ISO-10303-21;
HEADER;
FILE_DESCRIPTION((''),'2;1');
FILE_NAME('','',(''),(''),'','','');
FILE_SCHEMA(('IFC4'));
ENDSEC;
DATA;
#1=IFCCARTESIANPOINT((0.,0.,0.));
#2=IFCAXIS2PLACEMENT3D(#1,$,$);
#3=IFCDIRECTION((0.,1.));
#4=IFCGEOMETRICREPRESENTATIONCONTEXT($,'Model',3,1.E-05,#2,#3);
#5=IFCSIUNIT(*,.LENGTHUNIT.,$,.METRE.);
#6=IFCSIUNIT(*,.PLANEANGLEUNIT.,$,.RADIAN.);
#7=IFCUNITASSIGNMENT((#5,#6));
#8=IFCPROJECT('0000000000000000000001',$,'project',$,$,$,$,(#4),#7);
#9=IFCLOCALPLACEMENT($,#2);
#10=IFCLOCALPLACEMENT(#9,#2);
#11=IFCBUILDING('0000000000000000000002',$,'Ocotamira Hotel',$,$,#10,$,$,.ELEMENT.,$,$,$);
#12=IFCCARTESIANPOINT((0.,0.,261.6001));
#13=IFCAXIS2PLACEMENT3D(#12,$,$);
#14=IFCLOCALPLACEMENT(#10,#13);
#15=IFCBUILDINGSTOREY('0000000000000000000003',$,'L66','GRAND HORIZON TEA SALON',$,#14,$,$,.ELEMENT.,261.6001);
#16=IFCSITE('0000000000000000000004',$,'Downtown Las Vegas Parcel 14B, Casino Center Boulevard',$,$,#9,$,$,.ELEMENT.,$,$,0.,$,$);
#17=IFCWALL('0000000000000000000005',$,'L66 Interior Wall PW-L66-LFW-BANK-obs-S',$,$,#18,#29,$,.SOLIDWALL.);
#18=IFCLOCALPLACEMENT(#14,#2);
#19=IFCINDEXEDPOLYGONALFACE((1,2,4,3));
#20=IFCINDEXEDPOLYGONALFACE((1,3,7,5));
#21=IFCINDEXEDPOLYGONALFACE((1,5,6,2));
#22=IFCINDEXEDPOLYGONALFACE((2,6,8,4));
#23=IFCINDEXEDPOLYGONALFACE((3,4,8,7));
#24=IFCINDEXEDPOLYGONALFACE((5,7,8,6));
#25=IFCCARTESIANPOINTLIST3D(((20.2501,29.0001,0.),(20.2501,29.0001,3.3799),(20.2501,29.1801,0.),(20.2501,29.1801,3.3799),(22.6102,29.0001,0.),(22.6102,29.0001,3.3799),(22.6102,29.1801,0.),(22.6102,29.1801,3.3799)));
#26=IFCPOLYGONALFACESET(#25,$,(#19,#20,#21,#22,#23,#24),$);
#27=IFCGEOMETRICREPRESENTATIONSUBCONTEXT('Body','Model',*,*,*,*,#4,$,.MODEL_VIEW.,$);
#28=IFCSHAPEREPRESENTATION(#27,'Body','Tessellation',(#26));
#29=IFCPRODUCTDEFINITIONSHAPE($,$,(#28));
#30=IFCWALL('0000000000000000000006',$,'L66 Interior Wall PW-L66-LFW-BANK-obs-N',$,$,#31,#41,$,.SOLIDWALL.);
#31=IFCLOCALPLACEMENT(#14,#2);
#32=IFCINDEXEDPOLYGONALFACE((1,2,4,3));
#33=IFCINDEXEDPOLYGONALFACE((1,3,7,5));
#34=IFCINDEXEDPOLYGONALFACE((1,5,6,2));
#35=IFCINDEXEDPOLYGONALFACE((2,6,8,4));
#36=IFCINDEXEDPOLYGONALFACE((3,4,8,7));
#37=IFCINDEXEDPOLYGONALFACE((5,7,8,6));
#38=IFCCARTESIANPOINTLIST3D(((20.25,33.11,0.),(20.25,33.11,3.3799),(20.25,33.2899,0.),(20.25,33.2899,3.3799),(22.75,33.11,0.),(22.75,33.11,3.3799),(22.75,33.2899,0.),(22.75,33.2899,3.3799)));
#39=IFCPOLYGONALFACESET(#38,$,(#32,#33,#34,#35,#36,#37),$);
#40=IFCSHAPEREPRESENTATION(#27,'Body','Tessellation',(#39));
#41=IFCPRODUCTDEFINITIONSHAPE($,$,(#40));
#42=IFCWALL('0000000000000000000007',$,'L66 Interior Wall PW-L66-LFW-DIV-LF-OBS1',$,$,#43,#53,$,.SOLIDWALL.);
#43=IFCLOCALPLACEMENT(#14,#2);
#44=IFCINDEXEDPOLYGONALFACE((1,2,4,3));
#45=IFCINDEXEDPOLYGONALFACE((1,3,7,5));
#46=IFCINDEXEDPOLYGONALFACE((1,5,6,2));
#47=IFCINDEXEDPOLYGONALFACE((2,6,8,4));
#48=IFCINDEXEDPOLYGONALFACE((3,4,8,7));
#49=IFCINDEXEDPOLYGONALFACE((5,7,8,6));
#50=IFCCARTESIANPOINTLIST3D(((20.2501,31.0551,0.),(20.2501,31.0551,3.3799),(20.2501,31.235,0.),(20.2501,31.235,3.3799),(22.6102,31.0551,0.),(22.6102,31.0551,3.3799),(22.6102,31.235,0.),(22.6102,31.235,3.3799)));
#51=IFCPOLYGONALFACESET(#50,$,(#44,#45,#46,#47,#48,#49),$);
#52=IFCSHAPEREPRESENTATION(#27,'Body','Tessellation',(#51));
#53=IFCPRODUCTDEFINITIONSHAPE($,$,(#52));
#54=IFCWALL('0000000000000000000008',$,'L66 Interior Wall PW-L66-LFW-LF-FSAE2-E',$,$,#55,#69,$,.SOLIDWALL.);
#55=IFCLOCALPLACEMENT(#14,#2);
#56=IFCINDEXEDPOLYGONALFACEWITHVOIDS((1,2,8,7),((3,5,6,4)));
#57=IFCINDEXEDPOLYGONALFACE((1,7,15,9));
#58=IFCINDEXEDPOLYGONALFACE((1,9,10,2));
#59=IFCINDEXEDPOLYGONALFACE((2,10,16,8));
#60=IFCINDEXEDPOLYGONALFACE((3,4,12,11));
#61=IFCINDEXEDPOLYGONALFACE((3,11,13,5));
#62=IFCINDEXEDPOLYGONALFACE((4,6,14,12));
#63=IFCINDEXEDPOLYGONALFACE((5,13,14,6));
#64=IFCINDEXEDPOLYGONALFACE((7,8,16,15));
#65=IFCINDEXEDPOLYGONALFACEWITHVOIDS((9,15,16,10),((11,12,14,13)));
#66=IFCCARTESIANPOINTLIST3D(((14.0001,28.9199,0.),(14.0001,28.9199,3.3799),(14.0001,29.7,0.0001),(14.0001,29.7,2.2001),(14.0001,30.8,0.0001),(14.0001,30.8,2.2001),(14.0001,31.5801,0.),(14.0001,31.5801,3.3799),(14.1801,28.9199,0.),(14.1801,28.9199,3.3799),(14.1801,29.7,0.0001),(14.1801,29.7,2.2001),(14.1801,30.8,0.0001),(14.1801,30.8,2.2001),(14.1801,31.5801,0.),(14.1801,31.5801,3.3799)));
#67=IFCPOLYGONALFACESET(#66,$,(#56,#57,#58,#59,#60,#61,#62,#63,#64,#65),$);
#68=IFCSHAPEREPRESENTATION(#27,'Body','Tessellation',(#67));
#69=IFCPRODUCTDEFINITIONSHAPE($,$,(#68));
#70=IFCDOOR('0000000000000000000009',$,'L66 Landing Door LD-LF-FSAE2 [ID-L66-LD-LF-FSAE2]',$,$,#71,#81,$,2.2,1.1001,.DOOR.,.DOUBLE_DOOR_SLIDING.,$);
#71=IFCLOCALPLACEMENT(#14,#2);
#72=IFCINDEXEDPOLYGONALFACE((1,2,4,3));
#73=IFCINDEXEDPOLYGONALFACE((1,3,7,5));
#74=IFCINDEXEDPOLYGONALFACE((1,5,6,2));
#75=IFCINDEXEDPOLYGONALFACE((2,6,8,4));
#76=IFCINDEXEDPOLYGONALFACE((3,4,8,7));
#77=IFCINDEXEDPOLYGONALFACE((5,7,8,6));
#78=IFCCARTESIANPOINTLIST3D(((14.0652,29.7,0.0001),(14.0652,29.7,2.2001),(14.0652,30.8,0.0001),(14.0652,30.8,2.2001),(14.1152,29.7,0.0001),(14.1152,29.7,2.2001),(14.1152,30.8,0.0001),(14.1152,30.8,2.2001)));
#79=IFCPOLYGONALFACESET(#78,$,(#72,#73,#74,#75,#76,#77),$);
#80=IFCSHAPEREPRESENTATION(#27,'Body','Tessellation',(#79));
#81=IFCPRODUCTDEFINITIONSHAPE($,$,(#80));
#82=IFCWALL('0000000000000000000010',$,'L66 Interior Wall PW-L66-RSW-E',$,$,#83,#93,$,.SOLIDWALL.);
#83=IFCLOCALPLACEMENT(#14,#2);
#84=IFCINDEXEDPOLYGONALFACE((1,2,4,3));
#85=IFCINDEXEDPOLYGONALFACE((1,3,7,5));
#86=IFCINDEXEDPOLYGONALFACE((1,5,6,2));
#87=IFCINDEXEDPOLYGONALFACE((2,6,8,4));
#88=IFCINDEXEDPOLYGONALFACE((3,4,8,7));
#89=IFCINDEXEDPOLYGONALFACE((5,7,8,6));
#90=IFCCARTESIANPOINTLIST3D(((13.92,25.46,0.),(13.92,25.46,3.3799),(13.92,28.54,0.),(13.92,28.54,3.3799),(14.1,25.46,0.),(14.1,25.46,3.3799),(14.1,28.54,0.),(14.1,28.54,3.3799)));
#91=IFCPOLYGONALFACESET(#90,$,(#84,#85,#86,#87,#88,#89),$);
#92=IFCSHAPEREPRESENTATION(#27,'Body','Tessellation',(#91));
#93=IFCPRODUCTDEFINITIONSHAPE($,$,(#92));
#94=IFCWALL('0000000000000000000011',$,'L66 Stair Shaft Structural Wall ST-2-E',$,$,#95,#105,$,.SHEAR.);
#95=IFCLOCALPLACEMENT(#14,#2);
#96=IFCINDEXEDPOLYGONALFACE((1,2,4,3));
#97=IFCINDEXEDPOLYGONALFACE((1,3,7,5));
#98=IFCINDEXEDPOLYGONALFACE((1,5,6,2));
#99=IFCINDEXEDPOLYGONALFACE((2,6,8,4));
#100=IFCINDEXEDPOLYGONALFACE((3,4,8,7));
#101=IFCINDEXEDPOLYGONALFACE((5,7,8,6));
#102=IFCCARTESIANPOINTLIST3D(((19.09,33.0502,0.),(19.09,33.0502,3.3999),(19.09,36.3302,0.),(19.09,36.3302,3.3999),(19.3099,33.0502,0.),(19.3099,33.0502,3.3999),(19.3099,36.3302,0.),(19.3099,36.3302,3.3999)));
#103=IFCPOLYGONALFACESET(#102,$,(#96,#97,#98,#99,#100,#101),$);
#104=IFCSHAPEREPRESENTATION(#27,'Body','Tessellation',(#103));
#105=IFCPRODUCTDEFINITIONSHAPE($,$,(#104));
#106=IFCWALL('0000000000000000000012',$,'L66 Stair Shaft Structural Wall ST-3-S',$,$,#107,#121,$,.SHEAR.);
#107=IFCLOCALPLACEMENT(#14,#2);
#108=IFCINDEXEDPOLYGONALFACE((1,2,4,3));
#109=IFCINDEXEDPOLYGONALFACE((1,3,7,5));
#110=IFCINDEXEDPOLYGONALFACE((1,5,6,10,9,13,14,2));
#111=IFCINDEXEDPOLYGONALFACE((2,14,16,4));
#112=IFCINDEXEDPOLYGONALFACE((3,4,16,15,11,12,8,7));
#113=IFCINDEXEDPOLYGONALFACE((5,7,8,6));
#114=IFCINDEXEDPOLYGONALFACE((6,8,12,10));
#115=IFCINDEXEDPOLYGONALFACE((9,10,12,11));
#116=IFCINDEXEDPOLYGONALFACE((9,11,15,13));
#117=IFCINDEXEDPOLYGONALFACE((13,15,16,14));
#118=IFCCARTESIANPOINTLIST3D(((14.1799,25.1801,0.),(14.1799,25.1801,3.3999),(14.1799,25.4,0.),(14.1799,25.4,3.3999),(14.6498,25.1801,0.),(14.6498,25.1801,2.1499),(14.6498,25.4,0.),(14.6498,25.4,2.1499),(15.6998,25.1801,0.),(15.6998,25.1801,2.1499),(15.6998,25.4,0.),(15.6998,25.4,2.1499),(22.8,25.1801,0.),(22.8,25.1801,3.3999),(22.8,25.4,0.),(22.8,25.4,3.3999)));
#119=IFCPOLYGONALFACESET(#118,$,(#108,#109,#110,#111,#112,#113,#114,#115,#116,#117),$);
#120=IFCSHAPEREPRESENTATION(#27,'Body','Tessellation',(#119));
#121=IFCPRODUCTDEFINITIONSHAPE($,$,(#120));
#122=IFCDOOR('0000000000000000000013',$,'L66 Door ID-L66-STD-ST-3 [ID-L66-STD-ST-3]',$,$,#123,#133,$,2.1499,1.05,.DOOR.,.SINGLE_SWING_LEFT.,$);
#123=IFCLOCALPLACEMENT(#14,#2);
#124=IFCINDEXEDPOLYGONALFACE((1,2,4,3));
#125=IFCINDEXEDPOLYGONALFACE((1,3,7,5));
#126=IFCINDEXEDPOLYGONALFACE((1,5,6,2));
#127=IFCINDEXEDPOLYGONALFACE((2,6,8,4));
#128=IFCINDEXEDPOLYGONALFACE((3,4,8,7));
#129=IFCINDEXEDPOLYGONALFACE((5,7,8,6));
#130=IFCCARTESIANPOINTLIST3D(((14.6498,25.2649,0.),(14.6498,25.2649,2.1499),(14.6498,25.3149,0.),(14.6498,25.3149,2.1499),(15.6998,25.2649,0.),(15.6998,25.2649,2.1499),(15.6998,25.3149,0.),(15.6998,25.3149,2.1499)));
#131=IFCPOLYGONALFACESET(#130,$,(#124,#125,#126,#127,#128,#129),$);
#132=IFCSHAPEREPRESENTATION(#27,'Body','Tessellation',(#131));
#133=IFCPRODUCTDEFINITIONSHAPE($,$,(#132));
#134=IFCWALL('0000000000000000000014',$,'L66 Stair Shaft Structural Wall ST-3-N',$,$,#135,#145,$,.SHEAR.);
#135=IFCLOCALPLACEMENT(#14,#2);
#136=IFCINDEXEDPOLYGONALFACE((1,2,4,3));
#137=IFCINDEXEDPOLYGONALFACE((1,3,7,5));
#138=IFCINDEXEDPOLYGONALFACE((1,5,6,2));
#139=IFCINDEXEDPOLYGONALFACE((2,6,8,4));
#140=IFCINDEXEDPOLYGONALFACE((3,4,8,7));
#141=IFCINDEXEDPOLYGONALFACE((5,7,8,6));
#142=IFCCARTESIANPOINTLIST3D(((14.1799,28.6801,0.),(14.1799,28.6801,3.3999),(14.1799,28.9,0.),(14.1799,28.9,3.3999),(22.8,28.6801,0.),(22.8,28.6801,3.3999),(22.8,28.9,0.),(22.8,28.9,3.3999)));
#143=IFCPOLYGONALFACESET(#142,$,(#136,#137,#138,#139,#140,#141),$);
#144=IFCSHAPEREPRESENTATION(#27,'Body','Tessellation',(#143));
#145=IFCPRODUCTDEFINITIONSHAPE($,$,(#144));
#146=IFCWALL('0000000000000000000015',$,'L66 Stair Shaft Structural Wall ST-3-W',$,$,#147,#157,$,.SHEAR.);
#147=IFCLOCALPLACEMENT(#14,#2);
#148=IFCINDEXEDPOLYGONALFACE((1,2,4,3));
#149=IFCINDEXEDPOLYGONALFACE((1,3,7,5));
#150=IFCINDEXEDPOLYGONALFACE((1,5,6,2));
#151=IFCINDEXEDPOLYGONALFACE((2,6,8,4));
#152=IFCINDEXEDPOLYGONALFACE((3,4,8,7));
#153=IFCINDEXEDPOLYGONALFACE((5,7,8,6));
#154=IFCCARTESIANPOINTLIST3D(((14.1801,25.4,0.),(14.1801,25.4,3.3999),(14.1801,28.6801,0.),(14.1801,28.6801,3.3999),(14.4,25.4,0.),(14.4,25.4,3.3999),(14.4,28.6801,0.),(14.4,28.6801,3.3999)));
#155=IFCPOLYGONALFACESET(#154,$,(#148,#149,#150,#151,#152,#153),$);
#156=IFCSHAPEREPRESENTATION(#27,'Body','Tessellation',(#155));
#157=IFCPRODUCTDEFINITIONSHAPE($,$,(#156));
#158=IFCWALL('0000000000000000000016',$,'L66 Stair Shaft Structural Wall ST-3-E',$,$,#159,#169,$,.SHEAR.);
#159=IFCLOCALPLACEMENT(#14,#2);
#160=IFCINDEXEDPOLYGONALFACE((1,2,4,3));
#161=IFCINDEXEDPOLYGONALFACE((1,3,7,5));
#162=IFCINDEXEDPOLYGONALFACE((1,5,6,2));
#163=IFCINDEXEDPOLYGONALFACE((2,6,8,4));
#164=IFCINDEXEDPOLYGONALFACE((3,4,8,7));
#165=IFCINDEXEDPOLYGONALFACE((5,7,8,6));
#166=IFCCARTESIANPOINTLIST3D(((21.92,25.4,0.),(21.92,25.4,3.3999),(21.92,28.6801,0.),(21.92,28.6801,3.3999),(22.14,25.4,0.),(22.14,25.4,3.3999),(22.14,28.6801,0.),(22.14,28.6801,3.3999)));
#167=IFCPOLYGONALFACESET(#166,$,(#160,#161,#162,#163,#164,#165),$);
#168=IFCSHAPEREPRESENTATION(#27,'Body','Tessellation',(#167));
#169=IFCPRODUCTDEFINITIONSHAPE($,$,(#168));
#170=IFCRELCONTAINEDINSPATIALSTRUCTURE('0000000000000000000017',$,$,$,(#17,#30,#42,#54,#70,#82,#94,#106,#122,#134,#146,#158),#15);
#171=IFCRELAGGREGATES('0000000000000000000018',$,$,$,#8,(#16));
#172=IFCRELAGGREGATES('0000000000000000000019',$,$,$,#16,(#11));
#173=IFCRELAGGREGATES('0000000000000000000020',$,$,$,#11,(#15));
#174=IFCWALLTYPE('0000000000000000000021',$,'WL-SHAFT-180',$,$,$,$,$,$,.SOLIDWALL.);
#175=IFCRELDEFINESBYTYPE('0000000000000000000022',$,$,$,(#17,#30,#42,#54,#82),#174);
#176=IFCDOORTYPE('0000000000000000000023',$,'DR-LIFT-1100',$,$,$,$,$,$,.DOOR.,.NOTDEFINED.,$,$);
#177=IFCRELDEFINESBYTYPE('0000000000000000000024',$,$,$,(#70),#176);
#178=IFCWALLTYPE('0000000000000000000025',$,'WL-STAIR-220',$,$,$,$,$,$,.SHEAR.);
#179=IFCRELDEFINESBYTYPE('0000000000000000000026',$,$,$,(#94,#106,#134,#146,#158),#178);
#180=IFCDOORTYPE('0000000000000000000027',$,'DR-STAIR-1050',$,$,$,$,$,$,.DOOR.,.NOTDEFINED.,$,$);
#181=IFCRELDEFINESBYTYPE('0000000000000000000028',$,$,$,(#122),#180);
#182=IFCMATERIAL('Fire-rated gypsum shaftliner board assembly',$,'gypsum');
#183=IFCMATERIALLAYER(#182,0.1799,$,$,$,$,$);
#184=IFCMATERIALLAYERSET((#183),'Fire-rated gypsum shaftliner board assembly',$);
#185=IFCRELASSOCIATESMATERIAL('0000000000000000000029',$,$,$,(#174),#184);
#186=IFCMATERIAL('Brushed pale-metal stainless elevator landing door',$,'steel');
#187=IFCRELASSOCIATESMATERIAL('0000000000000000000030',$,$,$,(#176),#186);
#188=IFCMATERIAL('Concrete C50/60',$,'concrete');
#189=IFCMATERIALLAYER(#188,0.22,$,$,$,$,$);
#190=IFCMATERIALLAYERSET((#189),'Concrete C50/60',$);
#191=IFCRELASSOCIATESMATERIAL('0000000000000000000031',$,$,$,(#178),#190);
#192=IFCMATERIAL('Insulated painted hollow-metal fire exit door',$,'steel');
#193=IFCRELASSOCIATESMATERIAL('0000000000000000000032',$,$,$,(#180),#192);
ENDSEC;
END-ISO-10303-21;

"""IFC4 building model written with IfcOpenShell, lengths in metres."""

from ifc_helpers import new_model, si_unit, direction, frame, frame_2d, origin, place, context, subcontext, project, spatial, rectangle, extrude, source, transform, mapped, material, layer, layer_set, type_object, element, fill, save


model = new_model("IFC4")

# Units and contexts
model_context = context("Model", 3, precision=1e-05, world=origin(), true_north=direction((0.0, 1.0)))
body_context = subcontext(model_context, "Body", "Model", "MODEL_VIEW")
ifc_project = project(units=[si_unit("LENGTHUNIT", "METRE"), si_unit("PLANEANGLEUNIT", "RADIAN")], contexts=[model_context])

# Site, building, storey
site_placement = place(None, origin())
site = spatial("IfcSite", under=ifc_project, at=site_placement, Name="Downtown Las Vegas Parcel 14B, Casino Center Boulevard", CompositionType="ELEMENT", RefElevation=0.0)
building_placement = place(site_placement, origin())
building = spatial("IfcBuilding", under=site, at=building_placement, Name="Ocotamira Hotel", CompositionType="ELEMENT")
storey_placement = place(building_placement, frame((0.0, 0.0, 261.6001)))
storey = spatial("IfcBuildingStorey", under=building, at=storey_placement, Name="L66", Description="GRAND HORIZON TEA SALON", CompositionType="ELEMENT", Elevation=261.6001)

# Walls
ifc_material_1 = material(Name="Fire-rated gypsum shaftliner board assembly", Category="gypsum")
ifc_layer_1 = layer(ifc_material_1, 0.1799)
ifc_layer_set_1 = layer_set([ifc_layer_1], Name="Fire-rated gypsum shaftliner board assembly")
wall_type_1 = type_object("IfcWallType", Name="WL-SHAFT-180", PredefinedType="SOLIDWALL", material=ifc_layer_set_1)
wall_1_placement = place(storey_placement, frame((20.25, 29.0901, 0.0), z_axis=(0.0, 0.0, 1.0), x_axis=(1.0, 0.0, 0.0)))
element("IfcWall", 1, at=wall_1_placement, inside=storey, type_object=wall_type_1, Name="L66 Interior Wall PW-L66-LFW-BANK-obs-S", PredefinedType="SOLIDWALL", context=body_context, shape_type="SweptSolid", body=[
    extrude(rectangle(XDim=2.3601, YDim=0.1799, at=frame_2d((1.1802, 0.0))), origin(), (0.0, 0.0, 1.0), 3.3799),
])
wall_2_placement = place(storey_placement, frame((20.25, 33.2, 0.0), z_axis=(0.0, 0.0, 1.0), x_axis=(1.0, 0.0, 0.0)))
element("IfcWall", 2, at=wall_2_placement, inside=storey, type_object=wall_type_1, Name="L66 Interior Wall PW-L66-LFW-BANK-obs-N", PredefinedType="SOLIDWALL", context=body_context, shape_type="SweptSolid", body=[
    extrude(rectangle(XDim=2.5, YDim=0.1799, at=frame_2d((1.25, 0.0))), origin(), (0.0, 0.0, 1.0), 3.3799),
])
wall_3_placement = place(storey_placement, frame((20.25, 31.145, 0.0), z_axis=(0.0, 0.0, 1.0), x_axis=(1.0, 0.0, 0.0)))
element("IfcWall", 3, at=wall_3_placement, inside=storey, type_object=wall_type_1, Name="L66 Interior Wall PW-L66-LFW-DIV-LF-OBS1", PredefinedType="SOLIDWALL", context=body_context, shape_type="SweptSolid", body=[
    extrude(rectangle(XDim=2.3601, YDim=0.1799, at=frame_2d((1.1802, 0.0))), origin(), (0.0, 0.0, 1.0), 3.3799),
])

# Wall, opening, door
wall_4_placement = place(storey_placement, frame((14.0901, 28.9199, 0.0), z_axis=(0.0, 0.0, 1.0), x_axis=(0.0, 1.0, 0.0)))
wall_4 = element("IfcWall", 4, at=wall_4_placement, inside=storey, type_object=wall_type_1, Name="L66 Interior Wall PW-L66-LFW-LF-FSAE2-E", PredefinedType="SOLIDWALL", context=body_context, shape_type="SweptSolid", body=[
    extrude(rectangle(XDim=2.6602, YDim=0.1799, at=frame_2d((1.3301, 0.0))), origin(), (0.0, 0.0, 1.0), 3.3799),
])
opening_1_placement = place(wall_4_placement, frame((0.78, 0.0, 0.0)))
opening_1 = element("IfcOpeningElement", 5, at=opening_1_placement, cuts=wall_4, PredefinedType="OPENING", context=body_context, shape_type="SweptSolid", body=[
    extrude(rectangle(XDim=1.1001, YDim=2.2, at=frame_2d((0.55, 1.1001))), frame((0.0, 0.1001, 0.0), z_axis=(0.0, -1.0, 0.0), x_axis=(1.0, 0.0, 0.0)), (0.0, 0.0, 1.0), 0.2),
])
ifc_material_2 = material(Name="Brushed pale-metal stainless elevator landing door", Category="steel")
door_type_1 = type_object("IfcDoorType", Name="DR-LIFT-1100", OperationType="NOTDEFINED", PredefinedType="DOOR", material=ifc_material_2)
shared_shape_1 = source(origin(), body_context, "Body", "SweptSolid", [
    extrude(rectangle(XDim=1.1001, YDim=2.2, at=frame_2d((0.55, 1.1001))), frame((0.0, 0.0249, 0.0), z_axis=(0.0, -1.0, 0.0), x_axis=(1.0, 0.0, 0.0)), (0.0, 0.0, 1.0), 0.05),
])
door_1_placement = place(opening_1_placement, origin())
door_1 = element("IfcDoor", 6, at=door_1_placement, inside=storey, type_object=door_type_1, Name="L66 Landing Door LD-LF-FSAE2 [ID-L66-LD-LF-FSAE2]", OperationType="DOUBLE_DOOR_SLIDING", OverallHeight=2.2, OverallWidth=1.1001, PredefinedType="DOOR", context=body_context, shape_type="MappedRepresentation", body=[
    mapped(shared_shape_1, transform((0.0, 0.0, 0.0), scale=1.0)),
])
fill(opening_1, door_1)

# Walls
wall_5_placement = place(storey_placement, frame((14.01, 25.46, 0.0), z_axis=(0.0, 0.0, 1.0), x_axis=(0.0, 1.0, 0.0)))
element("IfcWall", 7, at=wall_5_placement, inside=storey, type_object=wall_type_1, Name="L66 Interior Wall PW-L66-RSW-E", PredefinedType="SOLIDWALL", context=body_context, shape_type="SweptSolid", body=[
    extrude(rectangle(XDim=3.0801, YDim=0.1799, at=frame_2d((1.54, 0.0))), origin(), (0.0, 0.0, 1.0), 3.3799),
])
ifc_material_3 = material(Name="Concrete C50/60", Category="concrete")
ifc_layer_2 = layer(ifc_material_3, 0.22)
ifc_layer_set_2 = layer_set([ifc_layer_2], Name="Concrete C50/60")
wall_type_2 = type_object("IfcWallType", Name="WL-STAIR-220", PredefinedType="SHEAR", material=ifc_layer_set_2)
wall_6_placement = place(storey_placement, frame((19.2, 33.05, 0.0), z_axis=(0.0, 0.0, 1.0), x_axis=(0.0, 1.0, 0.0)))
element("IfcWall", 8, at=wall_6_placement, inside=storey, type_object=wall_type_2, Name="L66 Stair Shaft Structural Wall ST-2-E", PredefinedType="SHEAR", context=body_context, shape_type="SweptSolid", body=[
    extrude(rectangle(XDim=3.28, YDim=0.22, at=frame_2d((1.6401, 0.0))), origin(), (0.0, 0.0, 1.0), 3.3999),
])

# Wall, opening, door
wall_7_placement = place(storey_placement, frame((14.1799, 25.29, 0.0), z_axis=(0.0, 0.0, 1.0), x_axis=(1.0, 0.0, 0.0)))
wall_7 = element("IfcWall", 9, at=wall_7_placement, inside=storey, type_object=wall_type_2, Name="L66 Stair Shaft Structural Wall ST-3-S", PredefinedType="SHEAR", context=body_context, shape_type="SweptSolid", body=[
    extrude(rectangle(XDim=8.6201, YDim=0.22, at=frame_2d((4.3101, 0.0))), origin(), (0.0, 0.0, 1.0), 3.3999),
])
opening_2_placement = place(wall_7_placement, frame((0.47, 0.0, 0.0)))
opening_2 = element("IfcOpeningElement", 10, at=opening_2_placement, cuts=wall_7, PredefinedType="OPENING", context=body_context, shape_type="SweptSolid", body=[
    extrude(rectangle(XDim=1.05, YDim=2.1499, at=frame_2d((0.5249, 1.075))), frame((0.0, 0.1201, 0.0), z_axis=(0.0, -1.0, 0.0), x_axis=(1.0, 0.0, 0.0)), (0.0, 0.0, 1.0), 0.24),
])
ifc_material_4 = material(Name="Insulated painted hollow-metal fire exit door", Category="steel")
door_type_2 = type_object("IfcDoorType", Name="DR-STAIR-1050", OperationType="NOTDEFINED", PredefinedType="DOOR", material=ifc_material_4)
shared_shape_2 = source(origin(), body_context, "Body", "SweptSolid", [
    extrude(rectangle(XDim=1.05, YDim=2.1499, at=frame_2d((0.5249, 1.075))), frame((0.0, 0.0249, 0.0), z_axis=(0.0, -1.0, 0.0), x_axis=(1.0, 0.0, 0.0)), (0.0, 0.0, 1.0), 0.05),
])
door_2_placement = place(opening_2_placement, origin())
door_2 = element("IfcDoor", 11, at=door_2_placement, inside=storey, type_object=door_type_2, Name="L66 Door ID-L66-STD-ST-3 [ID-L66-STD-ST-3]", OperationType="SINGLE_SWING_LEFT", OverallHeight=2.1499, OverallWidth=1.05, PredefinedType="DOOR", context=body_context, shape_type="MappedRepresentation", body=[
    mapped(shared_shape_2, transform((0.0, 0.0, 0.0), scale=1.0)),
])
fill(opening_2, door_2)

# Walls
wall_8_placement = place(storey_placement, frame((14.1799, 28.79, 0.0), z_axis=(0.0, 0.0, 1.0), x_axis=(1.0, 0.0, 0.0)))
element("IfcWall", 12, at=wall_8_placement, inside=storey, type_object=wall_type_2, Name="L66 Stair Shaft Structural Wall ST-3-N", PredefinedType="SHEAR", context=body_context, shape_type="SweptSolid", body=[
    extrude(rectangle(XDim=8.6201, YDim=0.22, at=frame_2d((4.3101, 0.0))), origin(), (0.0, 0.0, 1.0), 3.3999),
])
for number, where, z_axis, x_axis, name in (
    (13, (14.29, 25.3999, 0.0), (0.0, 0.0, 1.0), (0.0, 1.0, 0.0), "L66 Stair Shaft Structural Wall ST-3-W"),
    (14, (22.03, 25.3999, 0.0), (0.0, 0.0, 1.0), (0.0, 1.0, 0.0), "L66 Stair Shaft Structural Wall ST-3-E"),
):
    element("IfcWall", number, at=place(storey_placement, frame(where, z_axis=z_axis, x_axis=x_axis)), inside=storey, type_object=wall_type_2, Name=name, PredefinedType="SHEAR", context=body_context, shape_type="SweptSolid", body=[
        extrude(rectangle(XDim=3.28, YDim=0.22, at=frame_2d((1.6401, 0.0))), origin(), (0.0, 0.0, 1.0), 3.3999),
    ])

save(model, "model.ifc")
